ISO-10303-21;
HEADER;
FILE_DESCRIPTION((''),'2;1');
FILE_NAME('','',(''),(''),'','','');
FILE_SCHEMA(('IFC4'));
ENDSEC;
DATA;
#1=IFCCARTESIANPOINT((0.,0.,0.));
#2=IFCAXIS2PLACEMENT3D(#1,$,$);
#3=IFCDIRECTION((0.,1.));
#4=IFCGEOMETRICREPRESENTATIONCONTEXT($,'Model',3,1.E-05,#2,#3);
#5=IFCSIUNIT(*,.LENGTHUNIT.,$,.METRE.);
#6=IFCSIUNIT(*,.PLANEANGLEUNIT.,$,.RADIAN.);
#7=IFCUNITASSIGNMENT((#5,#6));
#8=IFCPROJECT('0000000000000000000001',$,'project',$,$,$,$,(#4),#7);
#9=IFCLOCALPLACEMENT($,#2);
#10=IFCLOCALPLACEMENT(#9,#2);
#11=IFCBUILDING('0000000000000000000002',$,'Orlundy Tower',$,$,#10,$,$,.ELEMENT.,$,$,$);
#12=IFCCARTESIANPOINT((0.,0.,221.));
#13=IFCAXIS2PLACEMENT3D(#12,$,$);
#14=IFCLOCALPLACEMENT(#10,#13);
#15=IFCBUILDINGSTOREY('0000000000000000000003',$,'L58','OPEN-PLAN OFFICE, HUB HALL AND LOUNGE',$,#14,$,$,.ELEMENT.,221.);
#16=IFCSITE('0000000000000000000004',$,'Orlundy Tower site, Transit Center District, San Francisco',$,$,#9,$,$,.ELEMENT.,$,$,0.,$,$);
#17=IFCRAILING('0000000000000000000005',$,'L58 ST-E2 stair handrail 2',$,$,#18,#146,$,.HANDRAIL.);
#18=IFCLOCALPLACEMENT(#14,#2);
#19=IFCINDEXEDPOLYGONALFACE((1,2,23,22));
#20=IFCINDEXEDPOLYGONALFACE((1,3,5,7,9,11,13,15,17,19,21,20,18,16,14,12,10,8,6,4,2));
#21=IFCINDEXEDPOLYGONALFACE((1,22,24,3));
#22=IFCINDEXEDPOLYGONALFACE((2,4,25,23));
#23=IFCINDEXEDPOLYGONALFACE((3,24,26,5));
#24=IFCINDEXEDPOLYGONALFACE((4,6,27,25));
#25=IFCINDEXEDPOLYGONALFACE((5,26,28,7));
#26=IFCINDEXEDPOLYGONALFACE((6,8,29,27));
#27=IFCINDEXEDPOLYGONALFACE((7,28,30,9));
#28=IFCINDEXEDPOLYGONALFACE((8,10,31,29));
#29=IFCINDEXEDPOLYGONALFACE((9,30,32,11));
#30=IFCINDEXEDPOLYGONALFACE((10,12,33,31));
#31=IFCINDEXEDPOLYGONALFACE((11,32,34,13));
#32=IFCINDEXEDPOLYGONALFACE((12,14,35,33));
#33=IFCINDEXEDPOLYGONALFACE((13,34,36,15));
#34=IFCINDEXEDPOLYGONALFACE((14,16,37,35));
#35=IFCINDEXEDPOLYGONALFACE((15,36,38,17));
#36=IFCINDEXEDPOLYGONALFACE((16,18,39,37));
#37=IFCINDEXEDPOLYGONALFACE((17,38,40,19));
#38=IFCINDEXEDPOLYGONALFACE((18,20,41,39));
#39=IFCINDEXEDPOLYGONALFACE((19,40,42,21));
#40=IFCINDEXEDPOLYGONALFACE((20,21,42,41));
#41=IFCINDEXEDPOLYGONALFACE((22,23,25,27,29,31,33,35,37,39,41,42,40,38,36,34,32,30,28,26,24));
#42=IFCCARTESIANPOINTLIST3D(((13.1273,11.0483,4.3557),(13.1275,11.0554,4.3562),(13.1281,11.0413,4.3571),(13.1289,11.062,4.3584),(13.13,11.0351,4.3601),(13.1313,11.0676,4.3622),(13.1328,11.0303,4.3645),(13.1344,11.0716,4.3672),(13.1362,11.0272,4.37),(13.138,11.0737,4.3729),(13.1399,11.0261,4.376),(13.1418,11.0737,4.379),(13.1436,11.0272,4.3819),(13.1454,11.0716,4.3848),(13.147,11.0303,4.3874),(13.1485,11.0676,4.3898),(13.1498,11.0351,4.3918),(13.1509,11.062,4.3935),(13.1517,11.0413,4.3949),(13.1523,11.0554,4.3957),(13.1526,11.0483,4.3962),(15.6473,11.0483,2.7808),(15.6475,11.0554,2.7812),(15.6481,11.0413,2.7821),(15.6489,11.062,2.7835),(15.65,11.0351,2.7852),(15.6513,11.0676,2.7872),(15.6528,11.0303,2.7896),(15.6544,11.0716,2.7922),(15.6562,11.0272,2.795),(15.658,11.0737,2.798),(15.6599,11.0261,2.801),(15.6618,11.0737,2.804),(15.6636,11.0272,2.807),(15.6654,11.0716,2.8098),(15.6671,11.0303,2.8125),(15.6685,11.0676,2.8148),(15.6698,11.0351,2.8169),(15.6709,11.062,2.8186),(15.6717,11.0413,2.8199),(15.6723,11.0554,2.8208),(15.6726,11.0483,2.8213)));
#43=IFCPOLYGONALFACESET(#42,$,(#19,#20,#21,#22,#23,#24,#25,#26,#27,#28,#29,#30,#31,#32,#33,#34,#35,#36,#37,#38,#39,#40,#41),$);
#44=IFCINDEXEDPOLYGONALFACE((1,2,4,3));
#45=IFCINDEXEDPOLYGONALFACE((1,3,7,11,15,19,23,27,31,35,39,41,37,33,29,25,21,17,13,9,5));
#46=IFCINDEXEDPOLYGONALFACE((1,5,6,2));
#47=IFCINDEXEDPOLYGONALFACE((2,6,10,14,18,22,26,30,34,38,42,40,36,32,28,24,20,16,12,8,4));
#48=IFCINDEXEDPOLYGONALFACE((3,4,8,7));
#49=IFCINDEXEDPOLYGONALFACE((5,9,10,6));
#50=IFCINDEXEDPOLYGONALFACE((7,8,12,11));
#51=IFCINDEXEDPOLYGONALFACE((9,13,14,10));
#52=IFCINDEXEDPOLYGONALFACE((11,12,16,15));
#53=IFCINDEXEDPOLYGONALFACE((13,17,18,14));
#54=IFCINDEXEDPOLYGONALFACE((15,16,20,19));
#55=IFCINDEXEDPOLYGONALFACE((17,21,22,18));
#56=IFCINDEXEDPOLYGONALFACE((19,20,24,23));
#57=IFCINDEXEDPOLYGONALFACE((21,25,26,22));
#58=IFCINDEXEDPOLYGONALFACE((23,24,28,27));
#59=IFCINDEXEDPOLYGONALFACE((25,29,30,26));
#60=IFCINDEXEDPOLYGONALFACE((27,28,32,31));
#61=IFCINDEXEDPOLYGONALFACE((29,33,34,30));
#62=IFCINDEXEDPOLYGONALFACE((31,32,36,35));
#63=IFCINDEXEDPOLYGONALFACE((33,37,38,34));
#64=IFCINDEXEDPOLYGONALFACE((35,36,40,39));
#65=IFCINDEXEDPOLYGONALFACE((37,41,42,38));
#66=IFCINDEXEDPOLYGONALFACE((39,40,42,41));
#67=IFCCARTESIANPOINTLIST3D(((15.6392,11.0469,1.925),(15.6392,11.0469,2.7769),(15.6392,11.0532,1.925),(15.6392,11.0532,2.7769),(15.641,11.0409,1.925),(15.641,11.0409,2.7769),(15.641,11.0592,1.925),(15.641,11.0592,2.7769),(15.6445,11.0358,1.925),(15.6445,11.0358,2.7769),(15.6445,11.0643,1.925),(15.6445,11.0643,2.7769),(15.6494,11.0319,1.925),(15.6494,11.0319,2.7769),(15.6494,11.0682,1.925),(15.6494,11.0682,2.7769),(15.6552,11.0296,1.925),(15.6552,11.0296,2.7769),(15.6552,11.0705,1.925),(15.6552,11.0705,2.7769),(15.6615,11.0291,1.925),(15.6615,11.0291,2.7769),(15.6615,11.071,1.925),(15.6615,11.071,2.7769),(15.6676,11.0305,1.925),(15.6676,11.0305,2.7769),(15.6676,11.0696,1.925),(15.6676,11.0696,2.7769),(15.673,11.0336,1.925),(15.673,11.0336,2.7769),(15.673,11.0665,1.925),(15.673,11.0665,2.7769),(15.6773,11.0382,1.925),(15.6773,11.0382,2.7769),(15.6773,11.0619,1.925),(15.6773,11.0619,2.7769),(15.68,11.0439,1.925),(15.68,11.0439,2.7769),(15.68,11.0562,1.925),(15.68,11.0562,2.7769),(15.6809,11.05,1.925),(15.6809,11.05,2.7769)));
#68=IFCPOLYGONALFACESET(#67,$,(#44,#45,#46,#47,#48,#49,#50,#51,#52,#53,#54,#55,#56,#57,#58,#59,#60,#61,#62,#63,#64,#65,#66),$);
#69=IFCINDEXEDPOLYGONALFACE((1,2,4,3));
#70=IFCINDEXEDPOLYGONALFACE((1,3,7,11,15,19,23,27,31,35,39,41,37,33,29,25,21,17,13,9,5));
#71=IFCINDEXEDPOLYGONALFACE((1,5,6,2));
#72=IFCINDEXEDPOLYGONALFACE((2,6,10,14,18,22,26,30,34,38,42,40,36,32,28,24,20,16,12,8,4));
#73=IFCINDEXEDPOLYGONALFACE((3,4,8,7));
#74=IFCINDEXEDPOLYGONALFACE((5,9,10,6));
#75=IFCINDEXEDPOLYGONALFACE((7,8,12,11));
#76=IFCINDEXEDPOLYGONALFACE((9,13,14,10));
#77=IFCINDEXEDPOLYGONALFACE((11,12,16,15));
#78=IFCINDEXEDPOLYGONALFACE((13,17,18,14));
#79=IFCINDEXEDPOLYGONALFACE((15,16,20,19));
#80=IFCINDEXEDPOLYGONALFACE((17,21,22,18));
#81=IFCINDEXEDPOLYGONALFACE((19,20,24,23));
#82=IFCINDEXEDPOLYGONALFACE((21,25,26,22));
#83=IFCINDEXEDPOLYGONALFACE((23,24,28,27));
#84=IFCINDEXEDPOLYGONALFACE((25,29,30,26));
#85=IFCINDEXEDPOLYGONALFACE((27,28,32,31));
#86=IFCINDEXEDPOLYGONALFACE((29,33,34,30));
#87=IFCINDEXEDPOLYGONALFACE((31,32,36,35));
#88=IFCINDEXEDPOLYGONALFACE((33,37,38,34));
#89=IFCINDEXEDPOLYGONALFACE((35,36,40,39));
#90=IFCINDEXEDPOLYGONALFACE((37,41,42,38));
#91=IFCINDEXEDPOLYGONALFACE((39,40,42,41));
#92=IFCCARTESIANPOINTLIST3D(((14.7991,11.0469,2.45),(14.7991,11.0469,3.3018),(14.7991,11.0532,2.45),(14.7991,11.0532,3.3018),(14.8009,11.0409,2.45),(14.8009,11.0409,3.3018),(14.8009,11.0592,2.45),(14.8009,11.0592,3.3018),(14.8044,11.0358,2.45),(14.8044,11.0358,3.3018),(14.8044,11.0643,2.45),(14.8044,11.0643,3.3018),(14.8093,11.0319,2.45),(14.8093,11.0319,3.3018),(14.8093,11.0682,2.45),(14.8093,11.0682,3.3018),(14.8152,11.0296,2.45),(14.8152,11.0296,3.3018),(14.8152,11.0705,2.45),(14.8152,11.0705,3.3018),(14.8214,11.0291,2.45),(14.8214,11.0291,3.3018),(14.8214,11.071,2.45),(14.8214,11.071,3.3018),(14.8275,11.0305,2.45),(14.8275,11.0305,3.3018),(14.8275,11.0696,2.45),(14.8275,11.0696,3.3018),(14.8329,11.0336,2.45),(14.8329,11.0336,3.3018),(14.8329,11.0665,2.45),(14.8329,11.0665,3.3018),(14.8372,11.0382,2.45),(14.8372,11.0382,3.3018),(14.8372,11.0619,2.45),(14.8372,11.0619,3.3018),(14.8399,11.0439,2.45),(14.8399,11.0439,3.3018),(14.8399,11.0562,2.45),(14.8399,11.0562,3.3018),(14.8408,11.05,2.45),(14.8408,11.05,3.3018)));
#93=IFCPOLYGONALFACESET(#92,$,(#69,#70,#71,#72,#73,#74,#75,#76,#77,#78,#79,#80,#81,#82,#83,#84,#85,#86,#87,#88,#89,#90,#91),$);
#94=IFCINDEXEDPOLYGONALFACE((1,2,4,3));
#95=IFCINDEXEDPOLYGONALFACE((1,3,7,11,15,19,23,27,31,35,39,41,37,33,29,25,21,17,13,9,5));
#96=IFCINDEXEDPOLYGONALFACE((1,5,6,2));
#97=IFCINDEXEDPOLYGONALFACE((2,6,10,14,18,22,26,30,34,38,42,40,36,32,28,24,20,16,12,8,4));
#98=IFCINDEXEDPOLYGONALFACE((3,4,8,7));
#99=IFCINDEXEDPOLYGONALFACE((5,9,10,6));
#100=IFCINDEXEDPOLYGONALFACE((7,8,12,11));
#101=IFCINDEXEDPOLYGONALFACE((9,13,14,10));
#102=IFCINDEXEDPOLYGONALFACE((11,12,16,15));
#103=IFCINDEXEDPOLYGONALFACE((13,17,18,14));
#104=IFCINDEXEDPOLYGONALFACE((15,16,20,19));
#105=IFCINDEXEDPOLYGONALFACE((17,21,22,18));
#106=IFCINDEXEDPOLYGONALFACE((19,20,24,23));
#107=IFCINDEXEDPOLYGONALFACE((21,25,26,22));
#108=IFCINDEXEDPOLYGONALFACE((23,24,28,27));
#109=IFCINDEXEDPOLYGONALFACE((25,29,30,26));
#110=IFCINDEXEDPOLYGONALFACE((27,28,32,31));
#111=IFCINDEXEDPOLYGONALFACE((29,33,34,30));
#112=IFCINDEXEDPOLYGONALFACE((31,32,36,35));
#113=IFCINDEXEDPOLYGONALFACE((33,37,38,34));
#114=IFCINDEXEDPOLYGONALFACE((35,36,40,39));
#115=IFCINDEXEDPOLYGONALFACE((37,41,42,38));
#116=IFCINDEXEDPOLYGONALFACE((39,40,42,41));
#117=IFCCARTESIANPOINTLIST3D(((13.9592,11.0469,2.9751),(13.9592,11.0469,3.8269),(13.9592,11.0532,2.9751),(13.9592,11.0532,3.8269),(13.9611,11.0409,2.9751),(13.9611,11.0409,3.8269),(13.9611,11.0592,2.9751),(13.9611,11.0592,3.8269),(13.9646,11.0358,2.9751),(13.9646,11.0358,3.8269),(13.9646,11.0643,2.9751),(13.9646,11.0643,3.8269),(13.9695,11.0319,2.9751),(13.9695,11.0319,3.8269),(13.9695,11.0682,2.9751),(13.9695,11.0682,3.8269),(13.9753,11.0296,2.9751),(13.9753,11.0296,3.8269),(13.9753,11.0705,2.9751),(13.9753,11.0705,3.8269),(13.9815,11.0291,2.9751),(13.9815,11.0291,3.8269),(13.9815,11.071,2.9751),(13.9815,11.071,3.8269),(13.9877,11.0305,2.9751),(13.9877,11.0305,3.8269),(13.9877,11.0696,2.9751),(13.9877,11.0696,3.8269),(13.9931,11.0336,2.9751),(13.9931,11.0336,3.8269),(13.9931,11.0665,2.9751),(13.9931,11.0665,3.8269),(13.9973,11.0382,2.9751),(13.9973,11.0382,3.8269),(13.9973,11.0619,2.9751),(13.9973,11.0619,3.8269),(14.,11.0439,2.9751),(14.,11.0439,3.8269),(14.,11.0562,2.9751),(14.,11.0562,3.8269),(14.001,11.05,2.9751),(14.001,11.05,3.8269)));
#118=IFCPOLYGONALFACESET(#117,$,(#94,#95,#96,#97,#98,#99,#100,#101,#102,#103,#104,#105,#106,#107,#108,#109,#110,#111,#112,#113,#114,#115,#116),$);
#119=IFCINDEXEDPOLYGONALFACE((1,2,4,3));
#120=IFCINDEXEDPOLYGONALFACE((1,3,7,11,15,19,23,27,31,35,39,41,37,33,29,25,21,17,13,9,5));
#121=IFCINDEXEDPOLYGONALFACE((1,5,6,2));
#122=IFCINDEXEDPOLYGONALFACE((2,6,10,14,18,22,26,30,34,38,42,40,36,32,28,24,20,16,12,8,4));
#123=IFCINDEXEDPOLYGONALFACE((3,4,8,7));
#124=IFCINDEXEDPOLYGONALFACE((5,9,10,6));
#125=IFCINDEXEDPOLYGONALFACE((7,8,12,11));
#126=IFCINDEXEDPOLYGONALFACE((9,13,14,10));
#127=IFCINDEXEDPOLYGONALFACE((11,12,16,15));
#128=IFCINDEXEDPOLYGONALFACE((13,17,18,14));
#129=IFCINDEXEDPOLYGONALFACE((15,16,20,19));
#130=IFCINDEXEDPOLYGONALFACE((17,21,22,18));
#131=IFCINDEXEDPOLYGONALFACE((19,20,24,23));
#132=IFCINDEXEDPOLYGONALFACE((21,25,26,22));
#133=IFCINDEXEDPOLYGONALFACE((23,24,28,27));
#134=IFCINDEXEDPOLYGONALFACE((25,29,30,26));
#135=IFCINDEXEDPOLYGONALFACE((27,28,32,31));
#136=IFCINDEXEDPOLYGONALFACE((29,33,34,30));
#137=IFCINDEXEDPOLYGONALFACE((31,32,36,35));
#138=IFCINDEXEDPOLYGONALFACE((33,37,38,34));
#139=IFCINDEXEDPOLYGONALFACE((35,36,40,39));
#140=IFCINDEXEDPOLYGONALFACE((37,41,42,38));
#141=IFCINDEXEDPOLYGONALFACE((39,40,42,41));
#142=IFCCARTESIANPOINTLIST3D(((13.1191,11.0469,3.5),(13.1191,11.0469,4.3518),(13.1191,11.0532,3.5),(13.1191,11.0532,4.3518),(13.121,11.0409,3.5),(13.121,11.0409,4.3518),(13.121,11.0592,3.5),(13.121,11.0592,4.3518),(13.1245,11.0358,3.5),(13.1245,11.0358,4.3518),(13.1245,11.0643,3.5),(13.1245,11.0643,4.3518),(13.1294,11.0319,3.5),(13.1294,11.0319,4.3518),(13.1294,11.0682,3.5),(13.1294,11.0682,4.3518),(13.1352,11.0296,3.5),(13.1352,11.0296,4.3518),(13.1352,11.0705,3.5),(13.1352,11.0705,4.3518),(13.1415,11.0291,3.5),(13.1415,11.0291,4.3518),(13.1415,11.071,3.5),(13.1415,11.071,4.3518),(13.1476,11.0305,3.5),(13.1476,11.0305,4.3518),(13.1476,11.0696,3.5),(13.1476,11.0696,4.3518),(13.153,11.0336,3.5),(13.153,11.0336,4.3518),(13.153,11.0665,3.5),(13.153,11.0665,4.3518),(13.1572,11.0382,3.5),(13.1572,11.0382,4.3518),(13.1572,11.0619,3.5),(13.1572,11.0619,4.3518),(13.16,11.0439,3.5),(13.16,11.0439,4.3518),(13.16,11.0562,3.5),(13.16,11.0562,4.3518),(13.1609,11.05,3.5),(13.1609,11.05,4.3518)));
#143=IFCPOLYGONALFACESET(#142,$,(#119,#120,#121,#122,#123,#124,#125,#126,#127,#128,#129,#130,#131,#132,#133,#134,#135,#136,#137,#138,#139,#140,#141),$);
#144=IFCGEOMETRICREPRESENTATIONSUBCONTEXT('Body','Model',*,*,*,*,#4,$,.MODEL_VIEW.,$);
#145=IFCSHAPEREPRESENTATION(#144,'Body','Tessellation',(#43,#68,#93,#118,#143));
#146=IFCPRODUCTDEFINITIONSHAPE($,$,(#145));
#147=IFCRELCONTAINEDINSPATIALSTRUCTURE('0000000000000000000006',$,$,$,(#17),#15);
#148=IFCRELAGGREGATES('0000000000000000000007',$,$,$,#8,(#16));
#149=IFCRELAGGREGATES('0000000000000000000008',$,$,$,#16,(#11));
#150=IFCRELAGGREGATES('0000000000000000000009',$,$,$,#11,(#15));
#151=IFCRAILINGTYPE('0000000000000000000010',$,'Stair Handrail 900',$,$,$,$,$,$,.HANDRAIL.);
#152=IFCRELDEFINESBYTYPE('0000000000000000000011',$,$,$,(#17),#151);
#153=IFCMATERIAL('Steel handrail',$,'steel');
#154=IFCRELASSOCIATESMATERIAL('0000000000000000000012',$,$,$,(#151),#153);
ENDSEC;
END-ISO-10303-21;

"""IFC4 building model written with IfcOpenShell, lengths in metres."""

from ifc_helpers import new_model, si_unit, direction, frame, origin, origin_2d, place, context, subcontext, project, spatial, circle, extrude, material, type_object, element, save


model = new_model("IFC4")

# Units and contexts
model_context = context("Model", 3, precision=1e-05, world=origin(), true_north=direction((0.0, 1.0)))
body_context = subcontext(model_context, "Body", "Model", "MODEL_VIEW")
ifc_project = project(units=[si_unit("LENGTHUNIT", "METRE"), si_unit("PLANEANGLEUNIT", "RADIAN")], contexts=[model_context])

# Site, building, storey
site_placement = place(None, origin())
site = spatial("IfcSite", under=ifc_project, at=site_placement, Name="Orlundy Tower site, Transit Center District, San Francisco", CompositionType="ELEMENT", RefElevation=0.0)
building_placement = place(site_placement, origin())
building = spatial("IfcBuilding", under=site, at=building_placement, Name="Orlundy Tower", CompositionType="ELEMENT")
storey_placement = place(building_placement, frame((0.0, 0.0, 221.0)))
storey = spatial("IfcBuildingStorey", under=building, at=storey_placement, Name="L58", Description="OPEN-PLAN OFFICE, HUB HALL AND LOUNGE", CompositionType="ELEMENT", Elevation=221.0)

# Railing
ifc_material_1 = material(Name="Steel handrail", Category="steel")
railing_type_1 = type_object("IfcRailingType", Name="Stair Handrail 900", PredefinedType="HANDRAIL", material=ifc_material_1)
railing_1_placement = place(storey_placement, frame((15.6599, 11.05, 1.925)))
element("IfcRailing", 1, at=railing_1_placement, inside=storey, type_object=railing_type_1, Name="L58 ST-E2 stair handrail 2", PredefinedType="HANDRAIL", context=body_context, shape_type="SweptSolid", body=[
    extrude(circle(Radius=0.0239, at=origin_2d()), frame((0.0, 0.0, 0.876), z_axis=(-0.848008, 0.0, 0.529984), x_axis=(0.0, -1.0, 0.0)), (0.0, 0.0, 1.0), 2.9717),
    extrude(circle(Radius=0.021, at=origin_2d()), origin(), (0.0, 0.0, 1.0), 0.8518),
    extrude(circle(Radius=0.021, at=origin_2d()), frame((-0.8401, 0.0, 0.5249)), (0.0, 0.0, 1.0), 0.8518),
    extrude(circle(Radius=0.021, at=origin_2d()), frame((-1.6799, 0.0, 1.05)), (0.0, 0.0, 1.0), 0.8518),
    extrude(circle(Radius=0.021, at=origin_2d()), frame((-2.52, 0.0, 1.575)), (0.0, 0.0, 1.0), 0.8518),
])

save(model, "model.ifc")
